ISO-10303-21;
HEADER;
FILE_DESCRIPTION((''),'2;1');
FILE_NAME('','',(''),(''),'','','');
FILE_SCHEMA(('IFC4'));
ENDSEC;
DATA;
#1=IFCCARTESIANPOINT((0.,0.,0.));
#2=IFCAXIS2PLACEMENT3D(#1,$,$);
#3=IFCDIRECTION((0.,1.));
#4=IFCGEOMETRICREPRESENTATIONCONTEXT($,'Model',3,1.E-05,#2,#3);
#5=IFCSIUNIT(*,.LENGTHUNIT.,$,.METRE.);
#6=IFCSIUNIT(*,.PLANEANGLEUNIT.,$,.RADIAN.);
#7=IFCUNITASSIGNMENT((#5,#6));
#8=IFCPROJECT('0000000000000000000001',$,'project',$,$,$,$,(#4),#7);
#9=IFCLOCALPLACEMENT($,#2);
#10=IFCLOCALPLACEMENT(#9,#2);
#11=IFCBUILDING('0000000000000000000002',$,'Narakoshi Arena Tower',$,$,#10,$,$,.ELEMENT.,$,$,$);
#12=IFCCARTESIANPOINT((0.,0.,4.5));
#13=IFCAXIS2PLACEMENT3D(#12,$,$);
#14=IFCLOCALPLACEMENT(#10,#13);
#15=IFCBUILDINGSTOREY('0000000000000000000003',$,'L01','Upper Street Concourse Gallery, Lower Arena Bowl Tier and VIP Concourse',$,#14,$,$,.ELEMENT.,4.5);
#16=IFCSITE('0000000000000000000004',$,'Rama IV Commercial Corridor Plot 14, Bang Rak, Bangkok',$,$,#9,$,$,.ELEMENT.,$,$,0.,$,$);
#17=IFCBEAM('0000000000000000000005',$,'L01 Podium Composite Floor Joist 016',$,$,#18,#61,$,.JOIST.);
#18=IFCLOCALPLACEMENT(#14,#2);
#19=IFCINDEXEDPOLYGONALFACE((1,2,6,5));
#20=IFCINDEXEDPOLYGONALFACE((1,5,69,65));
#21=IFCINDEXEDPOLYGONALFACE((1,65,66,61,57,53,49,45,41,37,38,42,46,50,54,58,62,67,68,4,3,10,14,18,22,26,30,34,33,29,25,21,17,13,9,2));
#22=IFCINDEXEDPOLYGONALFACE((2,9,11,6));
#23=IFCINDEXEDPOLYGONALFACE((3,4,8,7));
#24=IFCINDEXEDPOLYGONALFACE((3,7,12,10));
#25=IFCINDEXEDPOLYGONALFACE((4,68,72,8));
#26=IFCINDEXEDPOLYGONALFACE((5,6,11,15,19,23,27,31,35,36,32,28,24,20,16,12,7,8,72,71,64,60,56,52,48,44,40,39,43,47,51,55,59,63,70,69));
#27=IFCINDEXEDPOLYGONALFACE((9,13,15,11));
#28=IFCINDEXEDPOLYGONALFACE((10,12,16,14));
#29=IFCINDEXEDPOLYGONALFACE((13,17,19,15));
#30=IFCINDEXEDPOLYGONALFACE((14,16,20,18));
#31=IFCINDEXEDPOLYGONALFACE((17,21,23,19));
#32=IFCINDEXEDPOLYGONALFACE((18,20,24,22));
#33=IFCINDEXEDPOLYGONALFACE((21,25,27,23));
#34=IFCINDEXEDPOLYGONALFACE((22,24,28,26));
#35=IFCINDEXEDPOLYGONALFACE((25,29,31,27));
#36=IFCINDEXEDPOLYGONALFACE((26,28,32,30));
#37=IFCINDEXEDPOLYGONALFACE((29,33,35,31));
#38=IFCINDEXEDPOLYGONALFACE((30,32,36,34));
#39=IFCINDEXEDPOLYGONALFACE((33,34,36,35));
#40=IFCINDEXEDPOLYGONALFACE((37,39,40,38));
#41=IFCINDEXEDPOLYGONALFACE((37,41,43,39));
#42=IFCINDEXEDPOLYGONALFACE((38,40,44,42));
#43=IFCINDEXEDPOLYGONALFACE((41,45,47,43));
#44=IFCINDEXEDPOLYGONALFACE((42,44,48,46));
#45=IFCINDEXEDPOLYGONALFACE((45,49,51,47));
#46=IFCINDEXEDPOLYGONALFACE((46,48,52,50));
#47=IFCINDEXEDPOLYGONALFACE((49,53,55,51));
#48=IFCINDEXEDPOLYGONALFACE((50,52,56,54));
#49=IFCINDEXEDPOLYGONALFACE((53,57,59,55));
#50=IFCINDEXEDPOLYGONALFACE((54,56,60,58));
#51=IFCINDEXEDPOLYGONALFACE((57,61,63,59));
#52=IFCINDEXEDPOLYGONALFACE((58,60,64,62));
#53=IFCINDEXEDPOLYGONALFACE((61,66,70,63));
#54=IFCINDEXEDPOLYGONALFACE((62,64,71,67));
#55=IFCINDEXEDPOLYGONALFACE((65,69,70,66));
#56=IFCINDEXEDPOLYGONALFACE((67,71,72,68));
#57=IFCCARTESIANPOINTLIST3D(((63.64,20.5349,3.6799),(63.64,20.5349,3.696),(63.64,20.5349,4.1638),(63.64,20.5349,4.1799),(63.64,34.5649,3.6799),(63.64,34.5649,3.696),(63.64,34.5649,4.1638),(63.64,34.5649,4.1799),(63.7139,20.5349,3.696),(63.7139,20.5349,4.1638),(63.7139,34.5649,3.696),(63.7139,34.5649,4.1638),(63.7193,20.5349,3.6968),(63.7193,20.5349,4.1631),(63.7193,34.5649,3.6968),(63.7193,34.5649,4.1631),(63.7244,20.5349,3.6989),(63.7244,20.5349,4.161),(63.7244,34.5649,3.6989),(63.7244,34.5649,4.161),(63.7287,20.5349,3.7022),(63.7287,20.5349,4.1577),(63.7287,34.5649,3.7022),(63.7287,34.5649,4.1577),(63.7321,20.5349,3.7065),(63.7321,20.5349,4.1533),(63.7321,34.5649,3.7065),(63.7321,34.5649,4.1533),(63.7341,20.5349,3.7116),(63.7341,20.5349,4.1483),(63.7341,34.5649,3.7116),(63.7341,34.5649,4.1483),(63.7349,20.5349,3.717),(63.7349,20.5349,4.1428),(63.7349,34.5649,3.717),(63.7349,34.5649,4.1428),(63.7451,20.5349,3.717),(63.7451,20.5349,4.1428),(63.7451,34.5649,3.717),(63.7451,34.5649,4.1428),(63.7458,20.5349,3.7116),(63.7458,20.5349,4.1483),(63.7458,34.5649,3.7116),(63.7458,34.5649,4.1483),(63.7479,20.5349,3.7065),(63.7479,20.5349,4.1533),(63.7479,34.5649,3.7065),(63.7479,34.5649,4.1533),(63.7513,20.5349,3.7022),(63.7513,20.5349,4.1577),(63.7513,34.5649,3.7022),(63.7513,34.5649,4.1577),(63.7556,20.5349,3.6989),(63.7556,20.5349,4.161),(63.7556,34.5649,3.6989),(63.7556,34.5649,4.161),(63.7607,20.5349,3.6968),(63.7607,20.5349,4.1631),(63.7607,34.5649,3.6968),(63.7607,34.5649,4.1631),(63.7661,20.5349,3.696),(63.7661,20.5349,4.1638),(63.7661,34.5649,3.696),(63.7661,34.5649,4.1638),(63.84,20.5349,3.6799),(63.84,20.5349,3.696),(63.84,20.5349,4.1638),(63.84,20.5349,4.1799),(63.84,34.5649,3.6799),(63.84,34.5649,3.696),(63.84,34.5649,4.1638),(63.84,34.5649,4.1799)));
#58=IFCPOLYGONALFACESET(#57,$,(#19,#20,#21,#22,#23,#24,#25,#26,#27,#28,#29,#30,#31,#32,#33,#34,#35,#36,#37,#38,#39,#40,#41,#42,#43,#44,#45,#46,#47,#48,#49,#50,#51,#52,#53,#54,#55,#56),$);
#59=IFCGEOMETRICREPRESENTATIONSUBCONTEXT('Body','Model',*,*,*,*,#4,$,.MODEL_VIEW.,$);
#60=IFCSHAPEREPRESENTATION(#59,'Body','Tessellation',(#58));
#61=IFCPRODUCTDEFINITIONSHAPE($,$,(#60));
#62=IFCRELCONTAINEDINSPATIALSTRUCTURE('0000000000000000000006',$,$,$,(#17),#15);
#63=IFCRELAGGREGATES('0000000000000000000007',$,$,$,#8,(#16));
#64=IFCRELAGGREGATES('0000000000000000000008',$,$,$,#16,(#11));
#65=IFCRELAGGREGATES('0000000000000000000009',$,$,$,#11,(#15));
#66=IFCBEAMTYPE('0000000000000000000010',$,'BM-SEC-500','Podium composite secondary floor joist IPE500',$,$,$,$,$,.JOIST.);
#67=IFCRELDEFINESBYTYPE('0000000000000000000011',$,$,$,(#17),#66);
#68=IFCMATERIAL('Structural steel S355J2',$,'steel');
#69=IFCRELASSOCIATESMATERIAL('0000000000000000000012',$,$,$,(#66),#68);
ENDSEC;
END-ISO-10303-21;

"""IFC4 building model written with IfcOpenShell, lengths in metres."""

from ifc_helpers import new_model, si_unit, direction, frame, origin, origin_2d, place, context, subcontext, project, spatial, i_section, extrude, material, material_profile, profile_set, type_object, element, save


model = new_model("IFC4")

# Units and contexts
model_context = context("Model", 3, precision=1e-05, world=origin(), true_north=direction((0.0, 1.0)))
body_context = subcontext(model_context, "Body", "Model", "MODEL_VIEW")
ifc_project = project(units=[si_unit("LENGTHUNIT", "METRE"), si_unit("PLANEANGLEUNIT", "RADIAN")], contexts=[model_context])

# Site, building, storey
site_placement = place(None, origin())
site = spatial("IfcSite", under=ifc_project, at=site_placement, Name="Rama IV Commercial Corridor Plot 14, Bang Rak, Bangkok", CompositionType="ELEMENT", RefElevation=0.0)
building_placement = place(site_placement, origin())
building = spatial("IfcBuilding", under=site, at=building_placement, Name="Narakoshi Arena Tower", CompositionType="ELEMENT")
storey_placement = place(building_placement, frame((0.0, 0.0, 4.5)))
storey = spatial("IfcBuildingStorey", under=building, at=storey_placement, Name="L01", Description="Upper Street Concourse Gallery, Lower Arena Bowl Tier and VIP Concourse", CompositionType="ELEMENT", Elevation=4.5)

# Beam
ifc_material_1 = material(Name="Structural steel S355J2", Category="steel")
ifc_material_profile_1 = material_profile(ifc_material_1, i_section(OverallWidth=0.2, OverallDepth=0.5, WebThickness=0.0103, FlangeThickness=0.0161, FilletRadius=0.021, at=origin_2d()), Name="IPE500")
ifc_profile_set_1 = profile_set([ifc_material_profile_1], Name="Structural steel S355J2")
beam_type_1 = type_object("IfcBeamType", Name="BM-SEC-500", Description="Podium composite secondary floor joist IPE500", PredefinedType="JOIST", material=ifc_profile_set_1)
beam_1_placement = place(storey_placement, frame((63.74, 20.5349, 3.9299), z_axis=(0.0, 1.0, 0.0), x_axis=(-1.0, 0.0, 0.0)))
element("IfcBeam", 1, at=beam_1_placement, inside=storey, type_object=beam_type_1, Name="L01 Podium Composite Floor Joist 016", PredefinedType="JOIST", context=body_context, shape_type="SweptSolid", body=[
    extrude(i_section(OverallWidth=0.2, OverallDepth=0.5, WebThickness=0.0103, FlangeThickness=0.0161, FilletRadius=0.021, at=origin_2d()), origin(), (0.0, 0.0, 1.0), 14.03),
])

save(model, "model.ifc")
